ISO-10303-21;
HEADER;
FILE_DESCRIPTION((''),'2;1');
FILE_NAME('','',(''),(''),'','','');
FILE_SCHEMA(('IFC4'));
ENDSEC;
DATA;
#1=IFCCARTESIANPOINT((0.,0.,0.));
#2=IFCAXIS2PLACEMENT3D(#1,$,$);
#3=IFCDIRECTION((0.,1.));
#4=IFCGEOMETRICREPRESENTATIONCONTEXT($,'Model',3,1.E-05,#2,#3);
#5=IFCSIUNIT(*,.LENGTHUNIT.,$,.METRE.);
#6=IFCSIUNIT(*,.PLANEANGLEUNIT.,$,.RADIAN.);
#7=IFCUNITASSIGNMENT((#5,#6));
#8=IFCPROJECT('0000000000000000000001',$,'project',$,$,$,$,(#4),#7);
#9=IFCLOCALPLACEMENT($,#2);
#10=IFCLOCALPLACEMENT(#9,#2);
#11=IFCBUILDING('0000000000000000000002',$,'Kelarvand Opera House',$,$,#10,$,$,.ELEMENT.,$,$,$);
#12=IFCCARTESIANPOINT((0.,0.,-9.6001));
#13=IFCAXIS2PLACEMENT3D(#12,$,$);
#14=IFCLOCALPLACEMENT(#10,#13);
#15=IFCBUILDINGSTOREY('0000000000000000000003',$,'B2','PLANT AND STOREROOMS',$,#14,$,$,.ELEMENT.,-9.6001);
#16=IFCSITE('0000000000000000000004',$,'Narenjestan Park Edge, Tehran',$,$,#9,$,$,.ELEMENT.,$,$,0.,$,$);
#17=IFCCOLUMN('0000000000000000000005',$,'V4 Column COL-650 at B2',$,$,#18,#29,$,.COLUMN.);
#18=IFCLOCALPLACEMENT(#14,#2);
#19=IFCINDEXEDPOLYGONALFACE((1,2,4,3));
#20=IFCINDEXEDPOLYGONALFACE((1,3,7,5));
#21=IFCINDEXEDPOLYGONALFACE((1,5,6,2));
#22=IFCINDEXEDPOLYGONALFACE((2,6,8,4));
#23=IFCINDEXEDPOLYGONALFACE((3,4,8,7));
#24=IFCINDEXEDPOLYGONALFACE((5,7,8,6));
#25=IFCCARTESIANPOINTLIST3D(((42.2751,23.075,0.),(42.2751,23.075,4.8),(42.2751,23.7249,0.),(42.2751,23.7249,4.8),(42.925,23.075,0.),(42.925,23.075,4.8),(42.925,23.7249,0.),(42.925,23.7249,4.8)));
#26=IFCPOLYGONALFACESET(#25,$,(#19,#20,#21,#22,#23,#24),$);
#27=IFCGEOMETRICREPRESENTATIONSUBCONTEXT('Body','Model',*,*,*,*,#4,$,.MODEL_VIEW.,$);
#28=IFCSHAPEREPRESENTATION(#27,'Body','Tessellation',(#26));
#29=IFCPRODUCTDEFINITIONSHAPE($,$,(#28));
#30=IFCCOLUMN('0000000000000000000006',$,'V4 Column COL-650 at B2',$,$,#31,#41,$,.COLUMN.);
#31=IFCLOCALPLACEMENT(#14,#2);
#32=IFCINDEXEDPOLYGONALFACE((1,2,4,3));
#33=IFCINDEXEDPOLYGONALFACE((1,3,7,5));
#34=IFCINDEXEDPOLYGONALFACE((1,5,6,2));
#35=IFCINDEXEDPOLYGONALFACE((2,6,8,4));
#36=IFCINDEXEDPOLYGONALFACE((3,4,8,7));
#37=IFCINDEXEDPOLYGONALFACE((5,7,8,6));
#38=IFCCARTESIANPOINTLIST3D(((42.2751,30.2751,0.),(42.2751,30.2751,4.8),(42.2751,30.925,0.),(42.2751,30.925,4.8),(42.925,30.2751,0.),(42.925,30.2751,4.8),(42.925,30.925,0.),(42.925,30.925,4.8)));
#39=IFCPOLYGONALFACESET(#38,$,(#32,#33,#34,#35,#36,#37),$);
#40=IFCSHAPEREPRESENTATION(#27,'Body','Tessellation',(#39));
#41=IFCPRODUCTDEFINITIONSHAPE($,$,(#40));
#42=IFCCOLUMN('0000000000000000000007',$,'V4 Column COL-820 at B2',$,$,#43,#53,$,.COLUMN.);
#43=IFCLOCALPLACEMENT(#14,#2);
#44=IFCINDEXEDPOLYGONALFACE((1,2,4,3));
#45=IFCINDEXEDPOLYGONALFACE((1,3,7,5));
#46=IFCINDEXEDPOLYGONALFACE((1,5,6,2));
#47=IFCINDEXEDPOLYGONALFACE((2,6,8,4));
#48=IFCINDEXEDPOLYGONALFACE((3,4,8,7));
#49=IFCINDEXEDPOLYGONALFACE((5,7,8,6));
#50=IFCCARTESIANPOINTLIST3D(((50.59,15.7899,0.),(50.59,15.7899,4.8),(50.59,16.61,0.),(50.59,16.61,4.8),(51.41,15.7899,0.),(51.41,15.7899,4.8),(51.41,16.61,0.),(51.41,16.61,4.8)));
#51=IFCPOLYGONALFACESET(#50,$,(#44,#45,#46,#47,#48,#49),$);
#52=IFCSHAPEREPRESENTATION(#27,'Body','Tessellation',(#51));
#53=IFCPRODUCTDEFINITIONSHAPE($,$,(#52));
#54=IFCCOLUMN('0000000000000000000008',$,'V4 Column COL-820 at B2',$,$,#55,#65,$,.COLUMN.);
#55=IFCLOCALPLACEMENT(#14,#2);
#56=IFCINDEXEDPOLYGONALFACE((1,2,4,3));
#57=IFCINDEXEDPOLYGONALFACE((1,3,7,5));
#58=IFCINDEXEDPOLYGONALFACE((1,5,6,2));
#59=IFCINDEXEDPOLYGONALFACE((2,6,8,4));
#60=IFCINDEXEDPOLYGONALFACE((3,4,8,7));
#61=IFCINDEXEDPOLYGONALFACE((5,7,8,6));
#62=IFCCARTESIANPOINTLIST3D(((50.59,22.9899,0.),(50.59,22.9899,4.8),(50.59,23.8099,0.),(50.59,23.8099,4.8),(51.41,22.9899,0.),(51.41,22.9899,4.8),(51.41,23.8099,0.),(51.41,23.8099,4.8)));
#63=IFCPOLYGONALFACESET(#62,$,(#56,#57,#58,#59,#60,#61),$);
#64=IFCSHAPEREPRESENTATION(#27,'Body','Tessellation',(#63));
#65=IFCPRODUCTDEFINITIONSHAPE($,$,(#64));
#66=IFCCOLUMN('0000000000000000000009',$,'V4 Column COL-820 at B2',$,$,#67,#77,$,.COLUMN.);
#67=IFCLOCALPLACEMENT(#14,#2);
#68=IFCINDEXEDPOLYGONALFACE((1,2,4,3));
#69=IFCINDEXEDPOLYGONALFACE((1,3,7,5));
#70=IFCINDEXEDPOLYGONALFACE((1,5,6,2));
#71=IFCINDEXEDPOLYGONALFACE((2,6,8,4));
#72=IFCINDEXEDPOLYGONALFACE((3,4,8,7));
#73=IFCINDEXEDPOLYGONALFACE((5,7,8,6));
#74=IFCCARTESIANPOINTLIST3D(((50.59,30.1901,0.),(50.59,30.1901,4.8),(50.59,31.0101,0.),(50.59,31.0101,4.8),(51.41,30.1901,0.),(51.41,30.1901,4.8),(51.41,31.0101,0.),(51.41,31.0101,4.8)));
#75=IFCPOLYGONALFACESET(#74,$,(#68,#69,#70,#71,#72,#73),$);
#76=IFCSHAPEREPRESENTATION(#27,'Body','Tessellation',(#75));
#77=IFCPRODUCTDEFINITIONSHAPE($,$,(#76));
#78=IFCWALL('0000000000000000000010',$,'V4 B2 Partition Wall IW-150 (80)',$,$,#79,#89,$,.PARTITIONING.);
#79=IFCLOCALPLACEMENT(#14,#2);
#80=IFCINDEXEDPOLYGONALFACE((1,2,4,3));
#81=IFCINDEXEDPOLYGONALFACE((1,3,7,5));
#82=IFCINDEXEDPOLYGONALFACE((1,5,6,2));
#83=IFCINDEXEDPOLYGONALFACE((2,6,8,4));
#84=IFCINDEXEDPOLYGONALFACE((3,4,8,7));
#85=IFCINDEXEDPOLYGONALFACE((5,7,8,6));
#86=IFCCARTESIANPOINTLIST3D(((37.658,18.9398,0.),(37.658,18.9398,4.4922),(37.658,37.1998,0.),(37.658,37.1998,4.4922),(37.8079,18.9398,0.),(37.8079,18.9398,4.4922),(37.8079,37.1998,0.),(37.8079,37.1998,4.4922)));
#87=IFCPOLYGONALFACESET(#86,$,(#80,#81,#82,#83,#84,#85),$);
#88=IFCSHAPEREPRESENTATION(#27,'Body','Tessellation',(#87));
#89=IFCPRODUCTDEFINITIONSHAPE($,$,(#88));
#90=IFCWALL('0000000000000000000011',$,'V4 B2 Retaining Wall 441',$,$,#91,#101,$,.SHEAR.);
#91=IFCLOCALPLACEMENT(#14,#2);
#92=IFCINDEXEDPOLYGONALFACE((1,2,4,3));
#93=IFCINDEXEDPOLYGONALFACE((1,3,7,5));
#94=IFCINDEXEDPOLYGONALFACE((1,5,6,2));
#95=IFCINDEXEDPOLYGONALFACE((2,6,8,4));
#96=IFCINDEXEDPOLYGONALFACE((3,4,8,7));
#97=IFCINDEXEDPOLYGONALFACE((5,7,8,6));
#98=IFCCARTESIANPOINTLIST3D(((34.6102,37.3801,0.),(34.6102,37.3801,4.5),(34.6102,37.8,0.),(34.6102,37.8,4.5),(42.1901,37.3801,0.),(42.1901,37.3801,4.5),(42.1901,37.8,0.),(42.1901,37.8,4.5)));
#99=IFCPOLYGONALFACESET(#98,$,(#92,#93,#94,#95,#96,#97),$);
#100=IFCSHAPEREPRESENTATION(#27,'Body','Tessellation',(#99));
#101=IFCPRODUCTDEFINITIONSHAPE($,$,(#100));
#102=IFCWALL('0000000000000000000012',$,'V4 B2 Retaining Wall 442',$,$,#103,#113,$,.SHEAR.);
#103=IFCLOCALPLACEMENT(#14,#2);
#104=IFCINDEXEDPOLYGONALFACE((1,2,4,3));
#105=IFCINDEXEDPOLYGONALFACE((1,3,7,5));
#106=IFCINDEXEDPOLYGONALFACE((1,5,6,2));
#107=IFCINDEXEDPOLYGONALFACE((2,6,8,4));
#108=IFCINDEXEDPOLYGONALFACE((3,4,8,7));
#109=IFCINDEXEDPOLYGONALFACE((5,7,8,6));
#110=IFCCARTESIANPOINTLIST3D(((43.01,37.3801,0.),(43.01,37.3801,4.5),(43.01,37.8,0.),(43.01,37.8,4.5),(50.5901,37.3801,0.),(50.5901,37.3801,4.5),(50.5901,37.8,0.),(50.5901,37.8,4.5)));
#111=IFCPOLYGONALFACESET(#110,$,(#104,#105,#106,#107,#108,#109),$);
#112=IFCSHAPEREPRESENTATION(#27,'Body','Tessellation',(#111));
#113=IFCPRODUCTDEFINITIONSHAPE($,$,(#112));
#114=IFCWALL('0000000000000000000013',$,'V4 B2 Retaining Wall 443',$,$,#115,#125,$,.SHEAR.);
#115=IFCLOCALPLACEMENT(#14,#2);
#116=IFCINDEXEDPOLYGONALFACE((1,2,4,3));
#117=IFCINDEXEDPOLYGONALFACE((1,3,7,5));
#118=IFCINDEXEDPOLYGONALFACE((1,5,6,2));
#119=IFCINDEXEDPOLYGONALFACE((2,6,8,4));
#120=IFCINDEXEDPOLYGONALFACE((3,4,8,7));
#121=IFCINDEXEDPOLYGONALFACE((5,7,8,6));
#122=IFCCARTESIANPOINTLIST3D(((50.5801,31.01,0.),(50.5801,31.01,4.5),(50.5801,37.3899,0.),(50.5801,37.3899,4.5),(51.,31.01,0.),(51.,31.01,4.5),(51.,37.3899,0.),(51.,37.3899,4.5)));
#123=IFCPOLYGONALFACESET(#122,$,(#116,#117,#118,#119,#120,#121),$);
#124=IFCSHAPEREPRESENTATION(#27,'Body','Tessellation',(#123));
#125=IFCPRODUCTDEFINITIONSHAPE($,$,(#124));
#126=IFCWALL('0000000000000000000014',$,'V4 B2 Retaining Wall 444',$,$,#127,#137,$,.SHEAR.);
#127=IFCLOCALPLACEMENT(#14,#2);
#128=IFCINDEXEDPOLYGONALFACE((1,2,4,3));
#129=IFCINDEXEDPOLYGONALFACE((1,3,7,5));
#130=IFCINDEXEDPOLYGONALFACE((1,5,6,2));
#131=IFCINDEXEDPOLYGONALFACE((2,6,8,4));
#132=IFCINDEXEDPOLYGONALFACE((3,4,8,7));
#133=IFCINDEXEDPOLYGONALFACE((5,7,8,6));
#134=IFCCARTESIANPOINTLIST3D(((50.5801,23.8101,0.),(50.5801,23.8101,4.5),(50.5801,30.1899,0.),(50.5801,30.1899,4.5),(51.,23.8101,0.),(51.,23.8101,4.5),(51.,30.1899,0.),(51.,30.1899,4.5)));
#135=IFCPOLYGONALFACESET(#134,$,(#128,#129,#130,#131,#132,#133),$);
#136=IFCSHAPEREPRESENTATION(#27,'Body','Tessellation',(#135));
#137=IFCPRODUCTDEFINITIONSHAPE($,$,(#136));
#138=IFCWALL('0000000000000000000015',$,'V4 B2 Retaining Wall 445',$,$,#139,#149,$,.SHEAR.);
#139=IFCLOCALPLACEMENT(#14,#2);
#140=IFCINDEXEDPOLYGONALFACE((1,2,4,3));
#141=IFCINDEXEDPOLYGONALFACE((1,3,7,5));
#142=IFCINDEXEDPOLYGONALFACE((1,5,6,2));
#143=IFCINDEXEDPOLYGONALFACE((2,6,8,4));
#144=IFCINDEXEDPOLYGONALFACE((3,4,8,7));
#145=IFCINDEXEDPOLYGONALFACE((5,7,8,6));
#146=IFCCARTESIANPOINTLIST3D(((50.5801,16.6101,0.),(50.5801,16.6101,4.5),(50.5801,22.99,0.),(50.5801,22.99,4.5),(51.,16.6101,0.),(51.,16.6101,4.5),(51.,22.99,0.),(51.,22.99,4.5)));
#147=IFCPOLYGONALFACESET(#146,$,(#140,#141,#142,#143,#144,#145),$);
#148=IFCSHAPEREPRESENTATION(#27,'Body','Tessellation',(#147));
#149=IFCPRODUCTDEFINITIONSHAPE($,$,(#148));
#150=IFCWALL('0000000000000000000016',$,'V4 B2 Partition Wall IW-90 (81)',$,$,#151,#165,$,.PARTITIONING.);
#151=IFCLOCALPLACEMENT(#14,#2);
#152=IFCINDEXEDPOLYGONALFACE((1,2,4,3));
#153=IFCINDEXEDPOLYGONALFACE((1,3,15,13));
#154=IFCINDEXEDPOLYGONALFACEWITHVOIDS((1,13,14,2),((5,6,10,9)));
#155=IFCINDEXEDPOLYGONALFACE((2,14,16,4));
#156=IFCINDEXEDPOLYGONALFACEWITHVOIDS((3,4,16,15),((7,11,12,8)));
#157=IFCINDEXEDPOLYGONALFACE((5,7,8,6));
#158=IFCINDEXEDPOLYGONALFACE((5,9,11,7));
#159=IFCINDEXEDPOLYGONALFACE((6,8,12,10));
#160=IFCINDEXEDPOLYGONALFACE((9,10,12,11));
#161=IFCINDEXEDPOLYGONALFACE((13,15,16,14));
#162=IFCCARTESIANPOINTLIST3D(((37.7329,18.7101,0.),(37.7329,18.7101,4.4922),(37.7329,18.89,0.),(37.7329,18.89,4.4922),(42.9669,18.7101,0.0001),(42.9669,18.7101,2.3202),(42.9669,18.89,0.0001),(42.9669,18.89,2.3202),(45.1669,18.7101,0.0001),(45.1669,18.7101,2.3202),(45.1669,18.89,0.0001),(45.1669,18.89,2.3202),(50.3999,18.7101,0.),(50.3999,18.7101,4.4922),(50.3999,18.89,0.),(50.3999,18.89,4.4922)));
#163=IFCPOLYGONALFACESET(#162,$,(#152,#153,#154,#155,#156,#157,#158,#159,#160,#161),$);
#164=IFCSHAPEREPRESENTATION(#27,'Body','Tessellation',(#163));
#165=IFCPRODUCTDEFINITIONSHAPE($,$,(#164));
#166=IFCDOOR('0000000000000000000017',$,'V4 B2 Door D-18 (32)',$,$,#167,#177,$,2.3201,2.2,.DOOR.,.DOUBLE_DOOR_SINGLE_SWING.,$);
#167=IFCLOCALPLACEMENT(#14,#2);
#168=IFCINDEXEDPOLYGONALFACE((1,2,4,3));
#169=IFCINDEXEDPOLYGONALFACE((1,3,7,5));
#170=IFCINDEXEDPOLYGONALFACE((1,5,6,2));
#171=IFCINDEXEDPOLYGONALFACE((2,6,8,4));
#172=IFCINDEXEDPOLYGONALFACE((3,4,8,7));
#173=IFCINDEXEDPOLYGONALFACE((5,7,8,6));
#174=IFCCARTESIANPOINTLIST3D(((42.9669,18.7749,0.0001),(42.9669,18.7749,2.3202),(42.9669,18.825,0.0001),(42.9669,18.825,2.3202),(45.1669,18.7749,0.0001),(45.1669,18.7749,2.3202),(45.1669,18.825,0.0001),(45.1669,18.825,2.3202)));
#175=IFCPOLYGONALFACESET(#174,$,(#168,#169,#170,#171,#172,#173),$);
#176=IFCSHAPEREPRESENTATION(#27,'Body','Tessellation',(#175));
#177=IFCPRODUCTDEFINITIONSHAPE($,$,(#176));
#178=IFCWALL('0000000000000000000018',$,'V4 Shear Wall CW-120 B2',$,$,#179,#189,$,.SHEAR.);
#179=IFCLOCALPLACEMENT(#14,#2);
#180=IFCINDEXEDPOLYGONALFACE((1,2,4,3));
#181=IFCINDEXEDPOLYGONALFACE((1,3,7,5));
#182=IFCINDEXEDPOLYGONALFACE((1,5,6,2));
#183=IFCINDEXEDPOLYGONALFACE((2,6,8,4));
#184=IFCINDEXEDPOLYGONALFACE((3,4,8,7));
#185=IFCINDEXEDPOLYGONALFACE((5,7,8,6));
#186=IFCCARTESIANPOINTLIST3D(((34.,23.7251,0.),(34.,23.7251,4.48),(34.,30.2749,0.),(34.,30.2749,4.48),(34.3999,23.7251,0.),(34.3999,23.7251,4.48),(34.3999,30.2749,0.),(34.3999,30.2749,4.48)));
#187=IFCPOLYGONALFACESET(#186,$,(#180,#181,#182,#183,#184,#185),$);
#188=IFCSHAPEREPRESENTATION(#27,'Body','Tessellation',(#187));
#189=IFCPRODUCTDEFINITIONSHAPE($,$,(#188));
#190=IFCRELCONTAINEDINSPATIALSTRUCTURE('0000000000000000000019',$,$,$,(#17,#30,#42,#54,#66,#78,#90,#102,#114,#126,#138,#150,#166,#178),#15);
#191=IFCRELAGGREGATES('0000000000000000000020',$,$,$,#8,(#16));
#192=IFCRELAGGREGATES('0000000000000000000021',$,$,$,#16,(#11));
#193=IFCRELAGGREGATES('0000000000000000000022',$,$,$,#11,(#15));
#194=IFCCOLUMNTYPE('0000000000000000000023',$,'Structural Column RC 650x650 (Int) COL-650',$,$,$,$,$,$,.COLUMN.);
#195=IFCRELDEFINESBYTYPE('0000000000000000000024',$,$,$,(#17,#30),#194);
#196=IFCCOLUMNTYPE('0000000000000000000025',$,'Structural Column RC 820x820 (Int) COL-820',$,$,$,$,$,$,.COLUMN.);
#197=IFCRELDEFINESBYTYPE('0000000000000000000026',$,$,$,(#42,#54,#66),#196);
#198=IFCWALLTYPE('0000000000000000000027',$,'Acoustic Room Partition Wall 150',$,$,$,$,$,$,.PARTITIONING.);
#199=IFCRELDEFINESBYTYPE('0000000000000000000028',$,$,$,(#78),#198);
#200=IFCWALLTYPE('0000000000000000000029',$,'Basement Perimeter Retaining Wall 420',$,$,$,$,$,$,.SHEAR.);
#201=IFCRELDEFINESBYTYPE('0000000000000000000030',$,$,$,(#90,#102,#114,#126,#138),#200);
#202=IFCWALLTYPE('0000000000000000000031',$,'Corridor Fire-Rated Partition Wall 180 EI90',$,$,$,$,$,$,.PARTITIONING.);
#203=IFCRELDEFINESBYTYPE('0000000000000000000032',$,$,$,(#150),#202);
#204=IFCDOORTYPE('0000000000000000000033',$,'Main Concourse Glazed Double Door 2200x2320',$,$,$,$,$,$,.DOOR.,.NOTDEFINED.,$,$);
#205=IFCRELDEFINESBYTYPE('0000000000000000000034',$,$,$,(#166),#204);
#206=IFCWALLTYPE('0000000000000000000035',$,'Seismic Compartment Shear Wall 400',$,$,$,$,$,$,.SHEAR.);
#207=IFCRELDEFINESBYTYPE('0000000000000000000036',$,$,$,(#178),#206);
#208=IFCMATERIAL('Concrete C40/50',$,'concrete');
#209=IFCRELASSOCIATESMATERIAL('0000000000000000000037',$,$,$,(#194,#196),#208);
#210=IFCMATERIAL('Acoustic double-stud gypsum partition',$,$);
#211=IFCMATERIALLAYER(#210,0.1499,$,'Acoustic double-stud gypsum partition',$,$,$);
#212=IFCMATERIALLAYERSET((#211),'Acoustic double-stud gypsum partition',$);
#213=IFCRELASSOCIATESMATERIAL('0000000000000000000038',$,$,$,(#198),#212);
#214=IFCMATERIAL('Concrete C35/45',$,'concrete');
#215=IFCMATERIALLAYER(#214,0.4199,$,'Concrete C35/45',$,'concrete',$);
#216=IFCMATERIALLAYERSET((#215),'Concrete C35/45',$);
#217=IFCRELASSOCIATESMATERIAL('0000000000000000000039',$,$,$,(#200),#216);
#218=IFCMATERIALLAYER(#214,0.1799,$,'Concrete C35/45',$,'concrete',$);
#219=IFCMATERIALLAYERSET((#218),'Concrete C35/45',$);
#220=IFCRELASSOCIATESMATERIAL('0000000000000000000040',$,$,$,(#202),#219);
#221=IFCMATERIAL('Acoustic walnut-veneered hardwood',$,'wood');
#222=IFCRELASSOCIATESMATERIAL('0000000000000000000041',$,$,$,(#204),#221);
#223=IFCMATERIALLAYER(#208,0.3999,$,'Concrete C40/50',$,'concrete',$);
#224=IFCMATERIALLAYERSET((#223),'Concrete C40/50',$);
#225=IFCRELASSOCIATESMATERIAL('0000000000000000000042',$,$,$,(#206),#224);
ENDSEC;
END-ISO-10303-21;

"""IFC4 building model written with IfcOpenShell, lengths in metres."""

from ifc_helpers import new_model, si_unit, direction, frame, frame_2d, origin, origin_2d, place, context, subcontext, project, spatial, rectangle, extrude, material, layer, layer_set, material_profile, profile_set, type_object, element, fill, save


model = new_model("IFC4")

# Units and contexts
model_context = context("Model", 3, precision=1e-05, world=origin(), true_north=direction((0.0, 1.0)))
body_context = subcontext(model_context, "Body", "Model", "MODEL_VIEW")
ifc_project = project(units=[si_unit("LENGTHUNIT", "METRE"), si_unit("PLANEANGLEUNIT", "RADIAN")], contexts=[model_context])

# Site, building, storey
site_placement = place(None, origin())
site = spatial("IfcSite", under=ifc_project, at=site_placement, Name="Narenjestan Park Edge, Tehran", CompositionType="ELEMENT", RefElevation=0.0)
building_placement = place(site_placement, origin())
building = spatial("IfcBuilding", under=site, at=building_placement, Name="Kelarvand Opera House", CompositionType="ELEMENT")
storey_placement = place(building_placement, frame((0.0, 0.0, -9.6001)))
storey = spatial("IfcBuildingStorey", under=building, at=storey_placement, Name="B2", Description="PLANT AND STOREROOMS", CompositionType="ELEMENT", Elevation=-9.6001)

# Shared definitions
ifc_material_1 = material(Name="Concrete C40/50", Category="concrete")

# Columns
ifc_material_profile_1 = material_profile(ifc_material_1, rectangle(XDim=0.6499, YDim=0.6499, at=origin_2d()), Name="RC 650x650", Category="concrete")
ifc_profile_set_1 = profile_set([ifc_material_profile_1], Name="Concrete C40/50")
column_type_1 = type_object("IfcColumnType", Name="Structural Column RC 650x650 (Int) COL-650", PredefinedType="COLUMN", material=ifc_profile_set_1)
for number, where, z_axis, x_axis, name in (
    (1, (42.6001, 23.3999, 0.0), (0.0, 0.0, 1.0), (1.0, 0.0, 0.0), "V4 Column COL-650 at B2"),
    (2, (42.6001, 30.6001, 0.0), (0.0, 0.0, 1.0), (1.0, 0.0, 0.0), "V4 Column COL-650 at B2"),
):
    element("IfcColumn", number, at=place(storey_placement, frame(where, z_axis=z_axis, x_axis=x_axis)), inside=storey, type_object=column_type_1, Name=name, PredefinedType="COLUMN", context=body_context, shape_type="SweptSolid", body=[
        extrude(rectangle(XDim=0.6499, YDim=0.6499, at=origin_2d()), origin(), (0.0, 0.0, 1.0), 4.8),
    ])
ifc_material_profile_2 = material_profile(ifc_material_1, rectangle(XDim=0.8201, YDim=0.8201, at=origin_2d()), Name="RC 820x820", Category="concrete")
ifc_profile_set_2 = profile_set([ifc_material_profile_2], Name="Concrete C40/50")
column_type_2 = type_object("IfcColumnType", Name="Structural Column RC 820x820 (Int) COL-820", PredefinedType="COLUMN", material=ifc_profile_set_2)
for number, where, z_axis, x_axis, name in (
    (3, (51.0, 16.2, 0.0), (0.0, 0.0, 1.0), (1.0, 0.0, 0.0), "V4 Column COL-820 at B2"),
    (4, (51.0, 23.3999, 0.0), (0.0, 0.0, 1.0), (1.0, 0.0, 0.0), "V4 Column COL-820 at B2"),
    (5, (51.0, 30.6001, 0.0), (0.0, 0.0, 1.0), (1.0, 0.0, 0.0), "V4 Column COL-820 at B2"),
):
    element("IfcColumn", number, at=place(storey_placement, frame(where, z_axis=z_axis, x_axis=x_axis)), inside=storey, type_object=column_type_2, Name=name, PredefinedType="COLUMN", context=body_context, shape_type="SweptSolid", body=[
        extrude(rectangle(XDim=0.8201, YDim=0.8201, at=origin_2d()), origin(), (0.0, 0.0, 1.0), 4.8),
    ])

# Walls
ifc_material_2 = material(Name="Acoustic double-stud gypsum partition")
ifc_layer_1 = layer(ifc_material_2, 0.1499, Name="Acoustic double-stud gypsum partition")
ifc_layer_set_1 = layer_set([ifc_layer_1], Name="Acoustic double-stud gypsum partition")
wall_type_1 = type_object("IfcWallType", Name="Acoustic Room Partition Wall 150", PredefinedType="PARTITIONING", material=ifc_layer_set_1)
wall_1_placement = place(storey_placement, frame((37.7329, 18.9399, 0.0), z_axis=(0.0, 0.0, 1.0), x_axis=(0.0, 1.0, 0.0)))
element("IfcWall", 6, at=wall_1_placement, inside=storey, type_object=wall_type_1, Name="V4 B2 Partition Wall IW-150 (80)", PredefinedType="PARTITIONING", context=body_context, shape_type="SweptSolid", body=[
    extrude(rectangle(XDim=18.26, YDim=0.1499, at=frame_2d((9.1299, 0.0))), origin(), (0.0, 0.0, 1.0), 4.4922),
])
ifc_material_3 = material(Name="Concrete C35/45", Category="concrete")
ifc_layer_2 = layer(ifc_material_3, 0.4199, Name="Concrete C35/45", Category="concrete")
ifc_layer_set_2 = layer_set([ifc_layer_2], Name="Concrete C35/45")
wall_type_2 = type_object("IfcWallType", Name="Basement Perimeter Retaining Wall 420", PredefinedType="SHEAR", material=ifc_layer_set_2)
wall_2_placement = place(storey_placement, frame((34.6101, 37.5901, 0.0), z_axis=(0.0, 0.0, 1.0), x_axis=(1.0, 0.0, 0.0)))
element("IfcWall", 7, at=wall_2_placement, inside=storey, type_object=wall_type_2, Name="V4 B2 Retaining Wall 441", PredefinedType="SHEAR", context=body_context, shape_type="SweptSolid", body=[
    extrude(rectangle(XDim=7.5798, YDim=0.4199, at=frame_2d((3.79, 0.0))), origin(), (0.0, 0.0, 1.0), 4.5),
])
wall_3_placement = place(storey_placement, frame((43.01, 37.5901, 0.0), z_axis=(0.0, 0.0, 1.0), x_axis=(1.0, 0.0, 0.0)))
element("IfcWall", 8, at=wall_3_placement, inside=storey, type_object=wall_type_2, Name="V4 B2 Retaining Wall 442", PredefinedType="SHEAR", context=body_context, shape_type="SweptSolid", body=[
    extrude(rectangle(XDim=7.5801, YDim=0.4199, at=frame_2d((3.79, 0.0))), origin(), (0.0, 0.0, 1.0), 4.5),
])
for number, where, z_axis, x_axis, name in (
    (9, (50.79, 37.3899, 0.0), (0.0, 0.0, 1.0), (0.0, -1.0, 0.0), "V4 B2 Retaining Wall 443"),
    (10, (50.79, 30.1899, 0.0), (0.0, 0.0, 1.0), (0.0, -1.0, 0.0), "V4 B2 Retaining Wall 444"),
    (11, (50.79, 22.99, 0.0), (0.0, 0.0, 1.0), (0.0, -1.0, 0.0), "V4 B2 Retaining Wall 445"),
):
    element("IfcWall", number, at=place(storey_placement, frame(where, z_axis=z_axis, x_axis=x_axis)), inside=storey, type_object=wall_type_2, Name=name, PredefinedType="SHEAR", context=body_context, shape_type="SweptSolid", body=[
        extrude(rectangle(XDim=6.3799, YDim=0.4199, at=frame_2d((3.1899, 0.0))), origin(), (0.0, 0.0, 1.0), 4.5),
    ])

# Wall, opening, door
ifc_layer_3 = layer(ifc_material_3, 0.1799, Name="Concrete C35/45", Category="concrete")
ifc_layer_set_3 = layer_set([ifc_layer_3], Name="Concrete C35/45")
wall_type_3 = type_object("IfcWallType", Name="Corridor Fire-Rated Partition Wall 180 EI90", PredefinedType="PARTITIONING", material=ifc_layer_set_3)
wall_4_placement = place(storey_placement, frame((37.7329, 18.8, 0.0), z_axis=(0.0, 0.0, 1.0), x_axis=(1.0, 0.0, 0.0)))
wall_4 = element("IfcWall", 12, at=wall_4_placement, inside=storey, type_object=wall_type_3, Name="V4 B2 Partition Wall IW-90 (81)", PredefinedType="PARTITIONING", context=body_context, shape_type="SweptSolid", body=[
    extrude(rectangle(XDim=12.667, YDim=0.1799, at=frame_2d((6.3335, 0.0))), origin(), (0.0, 0.0, 1.0), 4.4922),
])
opening_placement = place(wall_4_placement, frame((5.2339, 0.0, 0.0)))
opening = element("IfcOpeningElement", 13, at=opening_placement, cuts=wall_4, PredefinedType="OPENING", context=body_context, shape_type="SweptSolid", body=[
    extrude(rectangle(XDim=2.2, YDim=2.3201, at=frame_2d((1.1001, 1.1602))), frame((0.0, 0.1001, 0.0), z_axis=(0.0, -1.0, 0.0), x_axis=(1.0, 0.0, 0.0)), (0.0, 0.0, 1.0), 0.2),
])
ifc_material_4 = material(Name="Acoustic walnut-veneered hardwood", Category="wood")
door_type = type_object("IfcDoorType", Name="Main Concourse Glazed Double Door 2200x2320", OperationType="NOTDEFINED", PredefinedType="DOOR", material=ifc_material_4)
door_placement = place(opening_placement, origin())
door = element("IfcDoor", 14, at=door_placement, inside=storey, type_object=door_type, Name="V4 B2 Door D-18 (32)", OperationType="DOUBLE_DOOR_SINGLE_SWING", OverallHeight=2.3201, OverallWidth=2.2, PredefinedType="DOOR", context=body_context, shape_type="SweptSolid", body=[
    extrude(rectangle(XDim=2.2, YDim=2.3201, at=frame_2d((1.1001, 1.1602))), frame((0.0, 0.0249, 0.0), z_axis=(0.0, -1.0, 0.0), x_axis=(1.0, 0.0, 0.0)), (0.0, 0.0, 1.0), 0.05),
])
fill(opening, door)

# Wall
ifc_layer_4 = layer(ifc_material_1, 0.3999, Name="Concrete C40/50", Category="concrete")
ifc_layer_set_4 = layer_set([ifc_layer_4], Name="Concrete C40/50")
wall_type_4 = type_object("IfcWallType", Name="Seismic Compartment Shear Wall 400", PredefinedType="SHEAR", material=ifc_layer_set_4)
wall_5_placement = place(storey_placement, frame((34.2, 23.7251, 0.0), z_axis=(0.0, 0.0, 1.0), x_axis=(0.0, 1.0, 0.0)))
element("IfcWall", 15, at=wall_5_placement, inside=storey, type_object=wall_type_4, Name="V4 Shear Wall CW-120 B2", PredefinedType="SHEAR", context=body_context, shape_type="SweptSolid", body=[
    extrude(rectangle(XDim=6.5498, YDim=0.3999, at=frame_2d((3.2749, 0.0))), origin(), (0.0, 0.0, 1.0), 4.48),
])

save(model, "model.ifc")
